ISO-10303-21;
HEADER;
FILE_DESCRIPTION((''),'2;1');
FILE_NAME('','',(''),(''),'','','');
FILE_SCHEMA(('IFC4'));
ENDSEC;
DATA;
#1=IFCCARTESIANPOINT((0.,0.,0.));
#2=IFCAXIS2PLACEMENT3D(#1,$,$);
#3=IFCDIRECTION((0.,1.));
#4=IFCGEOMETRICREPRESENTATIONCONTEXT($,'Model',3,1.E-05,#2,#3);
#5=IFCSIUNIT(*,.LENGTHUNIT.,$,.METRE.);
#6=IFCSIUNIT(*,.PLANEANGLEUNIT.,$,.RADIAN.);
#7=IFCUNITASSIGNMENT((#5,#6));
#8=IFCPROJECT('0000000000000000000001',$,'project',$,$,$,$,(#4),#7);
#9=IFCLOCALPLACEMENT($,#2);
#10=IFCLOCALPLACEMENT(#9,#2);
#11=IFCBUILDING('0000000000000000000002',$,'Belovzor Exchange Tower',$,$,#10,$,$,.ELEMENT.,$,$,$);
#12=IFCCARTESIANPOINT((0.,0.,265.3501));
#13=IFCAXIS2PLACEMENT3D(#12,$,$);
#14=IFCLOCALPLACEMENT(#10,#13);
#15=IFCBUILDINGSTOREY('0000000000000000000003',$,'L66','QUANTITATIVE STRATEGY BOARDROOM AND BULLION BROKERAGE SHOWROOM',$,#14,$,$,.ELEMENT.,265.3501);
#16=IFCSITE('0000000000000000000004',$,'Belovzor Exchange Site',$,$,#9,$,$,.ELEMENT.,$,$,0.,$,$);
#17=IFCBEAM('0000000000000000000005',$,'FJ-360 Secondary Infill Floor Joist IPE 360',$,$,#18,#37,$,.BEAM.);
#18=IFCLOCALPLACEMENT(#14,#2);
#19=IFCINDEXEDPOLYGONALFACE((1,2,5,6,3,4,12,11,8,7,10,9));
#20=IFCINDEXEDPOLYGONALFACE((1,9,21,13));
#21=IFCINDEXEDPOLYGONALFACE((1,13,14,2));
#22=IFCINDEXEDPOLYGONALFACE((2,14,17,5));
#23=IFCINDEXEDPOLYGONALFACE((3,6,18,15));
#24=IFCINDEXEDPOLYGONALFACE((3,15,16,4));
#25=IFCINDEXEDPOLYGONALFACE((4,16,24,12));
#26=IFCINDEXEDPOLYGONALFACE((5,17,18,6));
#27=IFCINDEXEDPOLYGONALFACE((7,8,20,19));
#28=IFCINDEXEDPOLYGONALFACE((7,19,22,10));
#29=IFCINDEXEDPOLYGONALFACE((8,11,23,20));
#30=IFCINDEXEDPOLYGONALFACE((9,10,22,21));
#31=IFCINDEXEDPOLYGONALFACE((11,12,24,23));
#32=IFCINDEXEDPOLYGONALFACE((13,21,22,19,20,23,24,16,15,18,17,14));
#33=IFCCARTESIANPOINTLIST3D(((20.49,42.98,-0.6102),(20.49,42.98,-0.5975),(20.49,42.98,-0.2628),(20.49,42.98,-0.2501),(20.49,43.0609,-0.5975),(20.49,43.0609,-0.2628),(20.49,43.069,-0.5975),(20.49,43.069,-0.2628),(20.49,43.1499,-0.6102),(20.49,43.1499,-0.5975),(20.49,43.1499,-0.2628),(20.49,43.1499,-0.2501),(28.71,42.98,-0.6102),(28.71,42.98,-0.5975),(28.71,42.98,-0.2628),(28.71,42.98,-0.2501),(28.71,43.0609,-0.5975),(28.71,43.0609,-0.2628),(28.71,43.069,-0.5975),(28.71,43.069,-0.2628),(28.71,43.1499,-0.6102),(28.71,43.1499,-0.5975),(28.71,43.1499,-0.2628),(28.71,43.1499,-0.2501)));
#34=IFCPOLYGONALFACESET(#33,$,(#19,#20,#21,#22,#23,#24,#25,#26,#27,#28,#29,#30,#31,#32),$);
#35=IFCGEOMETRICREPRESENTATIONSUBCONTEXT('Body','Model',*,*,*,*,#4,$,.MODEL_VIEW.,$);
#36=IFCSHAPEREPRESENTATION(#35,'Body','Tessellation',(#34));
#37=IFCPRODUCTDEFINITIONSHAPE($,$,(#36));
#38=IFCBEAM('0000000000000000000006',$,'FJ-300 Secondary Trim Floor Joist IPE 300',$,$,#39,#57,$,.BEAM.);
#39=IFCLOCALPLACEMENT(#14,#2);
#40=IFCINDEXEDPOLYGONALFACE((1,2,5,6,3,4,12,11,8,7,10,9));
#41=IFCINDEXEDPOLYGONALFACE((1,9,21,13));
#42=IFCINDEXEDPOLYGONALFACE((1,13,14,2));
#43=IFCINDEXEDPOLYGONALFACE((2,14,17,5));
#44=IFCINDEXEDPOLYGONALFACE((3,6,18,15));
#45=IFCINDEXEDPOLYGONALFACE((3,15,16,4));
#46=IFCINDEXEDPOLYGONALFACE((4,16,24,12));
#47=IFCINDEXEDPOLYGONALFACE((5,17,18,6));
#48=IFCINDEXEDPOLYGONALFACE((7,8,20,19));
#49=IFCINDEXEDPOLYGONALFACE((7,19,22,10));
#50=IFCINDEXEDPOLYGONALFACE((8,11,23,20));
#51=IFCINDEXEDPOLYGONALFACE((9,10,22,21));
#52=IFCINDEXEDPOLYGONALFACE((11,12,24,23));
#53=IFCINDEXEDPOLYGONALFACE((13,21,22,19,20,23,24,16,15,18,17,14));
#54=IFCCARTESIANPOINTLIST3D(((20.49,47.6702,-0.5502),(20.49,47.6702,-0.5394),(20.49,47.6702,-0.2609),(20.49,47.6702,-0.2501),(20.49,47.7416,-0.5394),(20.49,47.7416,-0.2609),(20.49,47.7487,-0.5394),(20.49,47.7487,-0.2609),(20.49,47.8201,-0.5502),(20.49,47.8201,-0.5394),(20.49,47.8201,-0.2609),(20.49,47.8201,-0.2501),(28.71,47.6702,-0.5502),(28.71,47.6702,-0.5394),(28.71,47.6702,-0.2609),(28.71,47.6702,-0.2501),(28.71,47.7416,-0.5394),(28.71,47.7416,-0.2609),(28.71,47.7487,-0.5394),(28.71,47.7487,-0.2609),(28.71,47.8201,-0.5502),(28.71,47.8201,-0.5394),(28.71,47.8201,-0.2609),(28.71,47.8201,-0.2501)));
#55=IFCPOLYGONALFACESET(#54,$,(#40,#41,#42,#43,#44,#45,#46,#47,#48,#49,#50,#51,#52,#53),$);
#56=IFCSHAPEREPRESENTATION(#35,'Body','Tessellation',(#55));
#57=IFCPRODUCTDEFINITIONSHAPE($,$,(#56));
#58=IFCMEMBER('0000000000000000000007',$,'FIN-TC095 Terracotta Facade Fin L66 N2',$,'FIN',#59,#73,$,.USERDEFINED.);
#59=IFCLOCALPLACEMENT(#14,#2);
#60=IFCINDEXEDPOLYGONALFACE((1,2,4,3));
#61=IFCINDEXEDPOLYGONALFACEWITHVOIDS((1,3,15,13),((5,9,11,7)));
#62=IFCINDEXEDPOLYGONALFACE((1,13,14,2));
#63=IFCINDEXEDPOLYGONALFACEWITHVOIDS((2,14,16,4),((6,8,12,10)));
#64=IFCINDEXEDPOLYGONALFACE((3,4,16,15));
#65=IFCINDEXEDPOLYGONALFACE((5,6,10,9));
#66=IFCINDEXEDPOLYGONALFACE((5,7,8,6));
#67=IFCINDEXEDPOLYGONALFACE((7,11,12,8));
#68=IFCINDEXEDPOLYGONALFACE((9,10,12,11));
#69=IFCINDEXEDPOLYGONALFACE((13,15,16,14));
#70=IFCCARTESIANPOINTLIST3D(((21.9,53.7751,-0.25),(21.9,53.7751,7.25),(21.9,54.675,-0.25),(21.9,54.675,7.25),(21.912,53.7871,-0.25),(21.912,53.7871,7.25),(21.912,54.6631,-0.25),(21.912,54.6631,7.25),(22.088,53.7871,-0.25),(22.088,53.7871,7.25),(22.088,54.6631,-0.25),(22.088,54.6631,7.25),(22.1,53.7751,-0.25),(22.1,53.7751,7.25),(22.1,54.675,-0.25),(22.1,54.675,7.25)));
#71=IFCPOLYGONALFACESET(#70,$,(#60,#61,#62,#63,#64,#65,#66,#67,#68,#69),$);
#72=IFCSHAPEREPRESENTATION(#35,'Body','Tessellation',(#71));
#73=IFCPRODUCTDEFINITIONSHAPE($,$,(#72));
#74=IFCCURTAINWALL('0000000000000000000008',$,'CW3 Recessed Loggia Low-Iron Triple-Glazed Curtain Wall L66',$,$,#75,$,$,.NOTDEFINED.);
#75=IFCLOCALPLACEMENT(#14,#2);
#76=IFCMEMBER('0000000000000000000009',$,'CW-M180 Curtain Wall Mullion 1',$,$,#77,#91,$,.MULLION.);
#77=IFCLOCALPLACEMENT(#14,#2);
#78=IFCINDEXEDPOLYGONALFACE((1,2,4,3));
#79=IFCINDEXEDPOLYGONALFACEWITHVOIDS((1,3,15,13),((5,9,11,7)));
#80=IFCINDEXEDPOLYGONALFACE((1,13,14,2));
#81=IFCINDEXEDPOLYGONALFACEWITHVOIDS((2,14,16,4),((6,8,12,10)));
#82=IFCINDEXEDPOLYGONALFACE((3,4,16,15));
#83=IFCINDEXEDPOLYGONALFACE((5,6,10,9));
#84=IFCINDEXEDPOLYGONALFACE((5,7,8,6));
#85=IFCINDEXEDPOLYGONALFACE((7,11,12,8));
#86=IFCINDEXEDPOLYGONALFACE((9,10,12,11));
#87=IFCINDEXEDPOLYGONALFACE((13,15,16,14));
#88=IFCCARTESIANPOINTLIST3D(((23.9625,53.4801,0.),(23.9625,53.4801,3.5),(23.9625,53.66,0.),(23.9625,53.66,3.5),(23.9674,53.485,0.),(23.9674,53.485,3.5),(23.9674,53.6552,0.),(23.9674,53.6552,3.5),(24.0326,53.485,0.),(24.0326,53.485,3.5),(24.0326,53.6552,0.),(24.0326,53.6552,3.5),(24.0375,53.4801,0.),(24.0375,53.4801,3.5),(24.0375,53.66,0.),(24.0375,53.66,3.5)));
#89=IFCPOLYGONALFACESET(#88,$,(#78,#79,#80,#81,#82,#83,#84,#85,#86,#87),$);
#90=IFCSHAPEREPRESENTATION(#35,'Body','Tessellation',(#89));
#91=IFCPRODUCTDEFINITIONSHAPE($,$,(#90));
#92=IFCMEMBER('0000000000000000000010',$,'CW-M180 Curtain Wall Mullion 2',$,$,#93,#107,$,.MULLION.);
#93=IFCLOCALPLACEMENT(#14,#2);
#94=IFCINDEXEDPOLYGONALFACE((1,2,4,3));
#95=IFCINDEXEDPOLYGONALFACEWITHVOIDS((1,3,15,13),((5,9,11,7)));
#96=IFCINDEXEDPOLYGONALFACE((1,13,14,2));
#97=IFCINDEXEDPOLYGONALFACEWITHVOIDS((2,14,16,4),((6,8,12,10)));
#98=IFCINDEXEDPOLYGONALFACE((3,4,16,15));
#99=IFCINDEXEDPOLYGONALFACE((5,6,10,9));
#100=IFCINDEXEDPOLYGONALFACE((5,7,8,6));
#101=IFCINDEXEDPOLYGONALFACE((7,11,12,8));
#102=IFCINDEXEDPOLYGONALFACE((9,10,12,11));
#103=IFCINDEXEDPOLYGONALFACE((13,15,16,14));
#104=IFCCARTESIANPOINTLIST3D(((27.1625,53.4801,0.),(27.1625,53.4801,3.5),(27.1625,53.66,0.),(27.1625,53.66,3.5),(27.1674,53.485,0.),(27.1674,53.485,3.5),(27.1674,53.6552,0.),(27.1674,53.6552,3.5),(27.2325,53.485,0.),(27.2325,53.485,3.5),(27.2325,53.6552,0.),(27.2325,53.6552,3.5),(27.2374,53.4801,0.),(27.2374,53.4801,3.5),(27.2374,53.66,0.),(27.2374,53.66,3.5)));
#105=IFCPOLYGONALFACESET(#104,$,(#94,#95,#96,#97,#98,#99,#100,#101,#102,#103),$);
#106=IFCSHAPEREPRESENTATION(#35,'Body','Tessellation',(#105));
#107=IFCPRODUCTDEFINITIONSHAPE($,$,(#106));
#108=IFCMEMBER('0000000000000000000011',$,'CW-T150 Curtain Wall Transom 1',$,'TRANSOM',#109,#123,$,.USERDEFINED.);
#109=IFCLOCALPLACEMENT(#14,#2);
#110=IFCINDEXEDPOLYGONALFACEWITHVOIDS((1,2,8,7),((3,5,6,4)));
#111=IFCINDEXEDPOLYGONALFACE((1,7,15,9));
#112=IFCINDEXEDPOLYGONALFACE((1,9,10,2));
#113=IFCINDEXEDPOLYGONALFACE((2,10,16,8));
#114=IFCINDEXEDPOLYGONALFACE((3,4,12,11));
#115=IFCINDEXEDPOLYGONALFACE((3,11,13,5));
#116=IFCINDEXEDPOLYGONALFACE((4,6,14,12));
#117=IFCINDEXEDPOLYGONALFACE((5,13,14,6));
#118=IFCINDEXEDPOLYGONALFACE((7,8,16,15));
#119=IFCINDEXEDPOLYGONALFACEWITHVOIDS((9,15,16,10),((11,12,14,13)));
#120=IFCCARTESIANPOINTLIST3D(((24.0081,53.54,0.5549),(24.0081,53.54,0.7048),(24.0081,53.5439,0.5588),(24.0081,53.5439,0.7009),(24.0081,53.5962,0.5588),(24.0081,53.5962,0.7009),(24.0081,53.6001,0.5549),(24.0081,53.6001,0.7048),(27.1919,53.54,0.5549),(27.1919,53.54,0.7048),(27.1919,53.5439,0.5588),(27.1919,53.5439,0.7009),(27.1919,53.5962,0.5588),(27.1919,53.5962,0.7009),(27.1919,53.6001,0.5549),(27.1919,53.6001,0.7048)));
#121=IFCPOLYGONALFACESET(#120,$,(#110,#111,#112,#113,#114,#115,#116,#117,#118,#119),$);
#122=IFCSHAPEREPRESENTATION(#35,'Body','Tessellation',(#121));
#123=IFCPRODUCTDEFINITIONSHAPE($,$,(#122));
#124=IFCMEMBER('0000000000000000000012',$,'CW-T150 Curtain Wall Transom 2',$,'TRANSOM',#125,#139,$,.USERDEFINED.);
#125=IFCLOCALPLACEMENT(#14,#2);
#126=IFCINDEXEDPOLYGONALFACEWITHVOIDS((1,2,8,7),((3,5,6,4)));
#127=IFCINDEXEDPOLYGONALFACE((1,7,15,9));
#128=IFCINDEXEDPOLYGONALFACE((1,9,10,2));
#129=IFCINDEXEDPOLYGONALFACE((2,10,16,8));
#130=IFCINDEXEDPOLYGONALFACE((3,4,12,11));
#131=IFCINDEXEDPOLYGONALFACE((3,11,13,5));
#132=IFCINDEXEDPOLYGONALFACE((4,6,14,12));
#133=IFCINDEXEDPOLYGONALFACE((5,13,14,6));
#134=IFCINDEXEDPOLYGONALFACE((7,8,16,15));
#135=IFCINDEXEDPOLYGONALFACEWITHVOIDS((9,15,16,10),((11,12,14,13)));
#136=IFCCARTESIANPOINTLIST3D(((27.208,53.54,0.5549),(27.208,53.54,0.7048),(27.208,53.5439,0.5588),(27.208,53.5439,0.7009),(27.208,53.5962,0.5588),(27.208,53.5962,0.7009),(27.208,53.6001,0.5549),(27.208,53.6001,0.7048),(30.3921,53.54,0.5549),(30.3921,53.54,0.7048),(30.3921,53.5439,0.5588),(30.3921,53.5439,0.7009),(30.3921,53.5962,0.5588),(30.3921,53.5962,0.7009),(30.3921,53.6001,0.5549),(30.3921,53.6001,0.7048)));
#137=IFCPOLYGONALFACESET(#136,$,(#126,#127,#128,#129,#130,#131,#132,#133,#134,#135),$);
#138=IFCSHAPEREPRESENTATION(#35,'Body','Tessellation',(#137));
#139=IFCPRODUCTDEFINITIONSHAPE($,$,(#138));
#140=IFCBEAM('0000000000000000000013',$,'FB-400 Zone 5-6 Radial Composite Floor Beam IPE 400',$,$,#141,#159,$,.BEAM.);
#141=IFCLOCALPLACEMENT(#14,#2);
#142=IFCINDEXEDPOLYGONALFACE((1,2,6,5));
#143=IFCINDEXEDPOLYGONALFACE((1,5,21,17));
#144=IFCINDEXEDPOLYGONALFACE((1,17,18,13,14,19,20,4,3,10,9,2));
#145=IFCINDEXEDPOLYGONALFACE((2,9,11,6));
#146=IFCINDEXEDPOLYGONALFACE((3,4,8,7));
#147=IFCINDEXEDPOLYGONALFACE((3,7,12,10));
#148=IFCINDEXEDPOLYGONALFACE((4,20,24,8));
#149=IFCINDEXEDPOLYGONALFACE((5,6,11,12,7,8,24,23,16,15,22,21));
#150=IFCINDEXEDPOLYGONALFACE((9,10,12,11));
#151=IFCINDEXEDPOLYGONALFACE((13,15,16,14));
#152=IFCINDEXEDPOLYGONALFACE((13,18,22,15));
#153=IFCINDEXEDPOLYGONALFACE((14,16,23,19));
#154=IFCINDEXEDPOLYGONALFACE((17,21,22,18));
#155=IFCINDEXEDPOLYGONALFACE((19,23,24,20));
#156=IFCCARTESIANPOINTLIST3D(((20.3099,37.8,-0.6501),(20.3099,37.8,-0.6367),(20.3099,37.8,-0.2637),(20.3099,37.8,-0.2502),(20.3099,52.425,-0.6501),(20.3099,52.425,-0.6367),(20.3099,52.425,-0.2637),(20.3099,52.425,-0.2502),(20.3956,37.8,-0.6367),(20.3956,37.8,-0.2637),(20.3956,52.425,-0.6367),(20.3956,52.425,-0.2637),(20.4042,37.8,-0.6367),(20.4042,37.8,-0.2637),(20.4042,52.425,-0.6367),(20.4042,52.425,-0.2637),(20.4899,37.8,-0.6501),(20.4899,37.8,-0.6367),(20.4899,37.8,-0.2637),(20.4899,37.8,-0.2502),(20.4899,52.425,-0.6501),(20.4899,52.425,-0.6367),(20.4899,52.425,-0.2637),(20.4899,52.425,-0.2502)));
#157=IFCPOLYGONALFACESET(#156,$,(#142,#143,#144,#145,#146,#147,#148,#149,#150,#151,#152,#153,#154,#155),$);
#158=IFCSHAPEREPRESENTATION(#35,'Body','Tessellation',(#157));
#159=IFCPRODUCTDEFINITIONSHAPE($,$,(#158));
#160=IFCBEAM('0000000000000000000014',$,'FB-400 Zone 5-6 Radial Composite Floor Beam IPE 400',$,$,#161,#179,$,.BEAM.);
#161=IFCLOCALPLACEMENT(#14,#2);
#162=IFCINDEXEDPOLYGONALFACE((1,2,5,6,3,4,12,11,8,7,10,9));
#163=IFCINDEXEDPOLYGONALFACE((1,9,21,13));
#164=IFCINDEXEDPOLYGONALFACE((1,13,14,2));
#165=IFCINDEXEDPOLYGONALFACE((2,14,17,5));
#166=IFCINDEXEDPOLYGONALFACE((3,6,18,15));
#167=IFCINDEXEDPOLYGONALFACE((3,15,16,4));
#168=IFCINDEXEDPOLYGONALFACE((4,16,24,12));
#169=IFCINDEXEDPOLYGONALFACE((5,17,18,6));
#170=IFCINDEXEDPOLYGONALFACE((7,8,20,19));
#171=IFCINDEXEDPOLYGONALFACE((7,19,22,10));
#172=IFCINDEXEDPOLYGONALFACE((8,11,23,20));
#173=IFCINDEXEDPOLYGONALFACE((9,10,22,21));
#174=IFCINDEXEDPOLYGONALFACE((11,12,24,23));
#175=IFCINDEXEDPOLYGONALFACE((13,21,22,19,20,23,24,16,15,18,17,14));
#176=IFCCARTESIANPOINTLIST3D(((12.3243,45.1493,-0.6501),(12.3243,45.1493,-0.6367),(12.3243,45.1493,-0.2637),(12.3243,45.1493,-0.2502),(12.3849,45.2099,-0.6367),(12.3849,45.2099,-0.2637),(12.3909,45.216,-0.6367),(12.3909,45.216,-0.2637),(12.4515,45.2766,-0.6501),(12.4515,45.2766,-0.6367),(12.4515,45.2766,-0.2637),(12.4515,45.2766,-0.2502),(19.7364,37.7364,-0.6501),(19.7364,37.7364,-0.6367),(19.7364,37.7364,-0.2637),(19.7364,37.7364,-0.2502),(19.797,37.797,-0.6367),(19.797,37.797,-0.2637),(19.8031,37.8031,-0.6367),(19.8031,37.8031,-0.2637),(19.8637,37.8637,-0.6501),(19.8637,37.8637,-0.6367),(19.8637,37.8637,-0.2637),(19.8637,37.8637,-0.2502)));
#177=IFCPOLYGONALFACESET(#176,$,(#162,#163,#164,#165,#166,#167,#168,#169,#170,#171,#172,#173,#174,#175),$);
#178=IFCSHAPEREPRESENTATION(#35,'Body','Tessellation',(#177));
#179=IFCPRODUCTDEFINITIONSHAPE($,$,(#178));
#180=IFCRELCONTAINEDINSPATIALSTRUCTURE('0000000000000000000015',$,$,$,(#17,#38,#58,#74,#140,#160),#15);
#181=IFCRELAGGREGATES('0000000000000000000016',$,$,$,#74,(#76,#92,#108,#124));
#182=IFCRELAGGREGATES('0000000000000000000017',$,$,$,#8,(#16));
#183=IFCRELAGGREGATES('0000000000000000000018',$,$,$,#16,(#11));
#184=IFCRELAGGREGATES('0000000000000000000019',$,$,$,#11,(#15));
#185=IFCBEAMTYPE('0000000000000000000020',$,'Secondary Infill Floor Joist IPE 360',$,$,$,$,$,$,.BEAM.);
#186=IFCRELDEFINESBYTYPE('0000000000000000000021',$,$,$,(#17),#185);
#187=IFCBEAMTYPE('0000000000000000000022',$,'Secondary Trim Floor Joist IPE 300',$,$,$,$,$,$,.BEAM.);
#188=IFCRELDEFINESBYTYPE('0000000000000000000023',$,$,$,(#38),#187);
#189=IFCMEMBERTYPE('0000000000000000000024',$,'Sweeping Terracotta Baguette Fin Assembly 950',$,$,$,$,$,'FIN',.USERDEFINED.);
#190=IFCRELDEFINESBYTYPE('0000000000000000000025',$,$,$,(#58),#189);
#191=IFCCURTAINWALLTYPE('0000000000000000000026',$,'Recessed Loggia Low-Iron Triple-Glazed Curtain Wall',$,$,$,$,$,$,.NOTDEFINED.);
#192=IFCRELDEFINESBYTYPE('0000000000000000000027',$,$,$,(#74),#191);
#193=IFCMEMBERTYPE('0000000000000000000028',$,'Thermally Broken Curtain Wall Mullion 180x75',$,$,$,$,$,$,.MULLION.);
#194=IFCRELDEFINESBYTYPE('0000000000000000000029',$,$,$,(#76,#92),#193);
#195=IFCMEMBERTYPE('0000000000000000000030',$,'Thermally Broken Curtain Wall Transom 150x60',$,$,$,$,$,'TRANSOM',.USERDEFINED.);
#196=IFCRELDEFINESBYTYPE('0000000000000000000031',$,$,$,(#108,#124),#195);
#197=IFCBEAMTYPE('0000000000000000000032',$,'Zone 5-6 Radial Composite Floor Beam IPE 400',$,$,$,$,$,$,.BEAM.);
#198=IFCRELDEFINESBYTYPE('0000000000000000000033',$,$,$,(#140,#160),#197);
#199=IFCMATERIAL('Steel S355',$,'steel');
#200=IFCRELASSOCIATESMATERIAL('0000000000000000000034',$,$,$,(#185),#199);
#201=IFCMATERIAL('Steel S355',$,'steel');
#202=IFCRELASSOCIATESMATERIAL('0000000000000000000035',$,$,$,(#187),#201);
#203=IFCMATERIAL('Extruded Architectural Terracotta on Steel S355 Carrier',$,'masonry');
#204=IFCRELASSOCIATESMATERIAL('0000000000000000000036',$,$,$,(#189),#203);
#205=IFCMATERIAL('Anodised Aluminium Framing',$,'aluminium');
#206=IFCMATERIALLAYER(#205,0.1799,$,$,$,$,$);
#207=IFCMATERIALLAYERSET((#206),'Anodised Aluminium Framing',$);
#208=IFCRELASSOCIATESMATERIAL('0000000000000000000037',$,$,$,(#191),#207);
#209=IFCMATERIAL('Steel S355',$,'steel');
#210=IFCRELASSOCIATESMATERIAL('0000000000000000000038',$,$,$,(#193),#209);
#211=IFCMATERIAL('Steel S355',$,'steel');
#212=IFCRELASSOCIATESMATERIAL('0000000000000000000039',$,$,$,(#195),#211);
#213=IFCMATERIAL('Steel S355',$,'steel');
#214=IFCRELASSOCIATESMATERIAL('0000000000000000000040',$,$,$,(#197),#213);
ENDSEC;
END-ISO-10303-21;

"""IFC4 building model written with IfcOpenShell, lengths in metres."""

from ifc_helpers import new_model, si_unit, direction, frame, origin, origin_2d, place, context, subcontext, project, spatial, hollow_rectangle, i_section, extrude, material, layer, layer_set, material_profile, profile_set, type_object, element, aggregate, save


model = new_model("IFC4")

# Units and contexts
model_context = context("Model", 3, precision=1e-05, world=origin(), true_north=direction((0.0, 1.0)))
body_context = subcontext(model_context, "Body", "Model", "MODEL_VIEW")
ifc_project = project(units=[si_unit("LENGTHUNIT", "METRE"), si_unit("PLANEANGLEUNIT", "RADIAN")], contexts=[model_context])

# Site, building, storey
site_placement = place(None, origin())
site = spatial("IfcSite", under=ifc_project, at=site_placement, Name="Belovzor Exchange Site", CompositionType="ELEMENT", RefElevation=0.0)
building_placement = place(site_placement, origin())
building = spatial("IfcBuilding", under=site, at=building_placement, Name="Belovzor Exchange Tower", CompositionType="ELEMENT")
storey_placement = place(building_placement, frame((0.0, 0.0, 265.3501)))
storey = spatial("IfcBuildingStorey", under=building, at=storey_placement, Name="L66", Description="QUANTITATIVE STRATEGY BOARDROOM AND BULLION BROKERAGE SHOWROOM", CompositionType="ELEMENT", Elevation=265.3501)

# Beams
ifc_material_1 = material(Name="Steel S355", Category="steel")
ifc_material_profile_1 = material_profile(ifc_material_1, i_section(OverallWidth=0.1699, OverallDepth=0.3601, WebThickness=0.0081, FlangeThickness=0.0127, at=origin_2d()))
ifc_profile_set_1 = profile_set([ifc_material_profile_1], Name="Steel S355")
beam_type_1 = type_object("IfcBeamType", Name="Secondary Infill Floor Joist IPE 360", PredefinedType="BEAM", material=ifc_profile_set_1)
beam_1_placement = place(storey_placement, frame((20.49, 43.0649, -0.4302), z_axis=(1.0, 0.0, 0.0), x_axis=(0.0, 1.0, 0.0)))
element("IfcBeam", 1, at=beam_1_placement, inside=storey, type_object=beam_type_1, Name="FJ-360 Secondary Infill Floor Joist IPE 360", PredefinedType="BEAM", context=body_context, shape_type="SweptSolid", body=[
    extrude(i_section(OverallWidth=0.1699, OverallDepth=0.3601, WebThickness=0.0081, FlangeThickness=0.0127, at=origin_2d()), origin(), (0.0, 0.0, 1.0), 8.22),
])
ifc_material_2 = material(Name="Steel S355", Category="steel")
ifc_material_profile_2 = material_profile(ifc_material_2, i_section(OverallWidth=0.1499, OverallDepth=0.3, WebThickness=0.0071, FlangeThickness=0.0107, at=origin_2d()))
ifc_profile_set_2 = profile_set([ifc_material_profile_2], Name="Steel S355")
beam_type_2 = type_object("IfcBeamType", Name="Secondary Trim Floor Joist IPE 300", PredefinedType="BEAM", material=ifc_profile_set_2)
beam_2_placement = place(storey_placement, frame((20.49, 47.7451, -0.4001), z_axis=(1.0, 0.0, 0.0), x_axis=(0.0, 1.0, 0.0)))
element("IfcBeam", 2, at=beam_2_placement, inside=storey, type_object=beam_type_2, Name="FJ-300 Secondary Trim Floor Joist IPE 300", PredefinedType="BEAM", context=body_context, shape_type="SweptSolid", body=[
    extrude(i_section(OverallWidth=0.1499, OverallDepth=0.3, WebThickness=0.0071, FlangeThickness=0.0107, at=origin_2d()), origin(), (0.0, 0.0, 1.0), 8.22),
])

# Member
ifc_material_3 = material(Name="Extruded Architectural Terracotta on Steel S355 Carrier", Category="masonry")
ifc_material_profile_3 = material_profile(ifc_material_3, hollow_rectangle(XDim=0.2, YDim=0.8999, WallThickness=0.012, at=origin_2d()))
ifc_profile_set_3 = profile_set([ifc_material_profile_3], Name="Extruded Architectural Terracotta on Steel S355 Carrier")
member_type_1 = type_object("IfcMemberType", Name="Sweeping Terracotta Baguette Fin Assembly 950", ElementType="FIN", PredefinedType="USERDEFINED", material=ifc_profile_set_3)
member_1_placement = place(storey_placement, frame((22.0, 54.2251, -0.25), z_axis=(0.0, 0.0, 1.0), x_axis=(1.0, 0.0, 0.0)))
element("IfcMember", 3, at=member_1_placement, inside=storey, type_object=member_type_1, Name="FIN-TC095 Terracotta Facade Fin L66 N2", ObjectType="FIN", PredefinedType="USERDEFINED", context=body_context, shape_type="SweptSolid", body=[
    extrude(hollow_rectangle(XDim=0.2, YDim=0.8999, WallThickness=0.012, at=origin_2d()), origin(), (0.0, 0.0, 1.0), 7.5),
])

# Curtain wall, members
ifc_material_4 = material(Name="Anodised Aluminium Framing", Category="aluminium")
ifc_layer_1 = layer(ifc_material_4, 0.1799)
ifc_layer_set_1 = layer_set([ifc_layer_1], Name="Anodised Aluminium Framing")
curtain_wall_type = type_object("IfcCurtainWallType", Name="Recessed Loggia Low-Iron Triple-Glazed Curtain Wall", PredefinedType="NOTDEFINED", material=ifc_layer_set_1)
curtain_wall_placement = place(storey_placement, origin())
curtain_wall = element("IfcCurtainWall", 4, at=curtain_wall_placement, inside=storey, type_object=curtain_wall_type, Name="CW3 Recessed Loggia Low-Iron Triple-Glazed Curtain Wall L66", PredefinedType="NOTDEFINED")
ifc_material_5 = material(Name="Steel S355", Category="steel")
ifc_material_profile_4 = material_profile(ifc_material_5, hollow_rectangle(XDim=0.075, YDim=0.1799, WallThickness=0.0049, at=origin_2d()))
ifc_profile_set_4 = profile_set([ifc_material_profile_4], Name="Steel S355")
member_type_2 = type_object("IfcMemberType", Name="Thermally Broken Curtain Wall Mullion 180x75", PredefinedType="MULLION", material=ifc_profile_set_4)
member_2_placement = place(storey_placement, frame((24.0, 53.5701, 0.0), z_axis=(0.0, 0.0, 1.0), x_axis=(1.0, 0.0, 0.0)))
member_2 = element("IfcMember", 5, at=member_2_placement, type_object=member_type_2, Name="CW-M180 Curtain Wall Mullion 1", PredefinedType="MULLION", context=body_context, shape_type="SweptSolid", body=[
    extrude(hollow_rectangle(XDim=0.075, YDim=0.1799, WallThickness=0.0049, at=origin_2d()), origin(), (0.0, 0.0, 1.0), 3.5),
])
member_3_placement = place(storey_placement, frame((27.2, 53.5701, 0.0), z_axis=(0.0, 0.0, 1.0), x_axis=(1.0, 0.0, 0.0)))
member_3 = element("IfcMember", 6, at=member_3_placement, type_object=member_type_2, Name="CW-M180 Curtain Wall Mullion 2", PredefinedType="MULLION", context=body_context, shape_type="SweptSolid", body=[
    extrude(hollow_rectangle(XDim=0.075, YDim=0.1799, WallThickness=0.0049, at=origin_2d()), origin(), (0.0, 0.0, 1.0), 3.5),
])
ifc_material_6 = material(Name="Steel S355", Category="steel")
ifc_material_profile_5 = material_profile(ifc_material_6, hollow_rectangle(XDim=0.0601, YDim=0.1499, WallThickness=0.0039, at=origin_2d()))
ifc_profile_set_5 = profile_set([ifc_material_profile_5], Name="Steel S355")
member_type_3 = type_object("IfcMemberType", Name="Thermally Broken Curtain Wall Transom 150x60", ElementType="TRANSOM", PredefinedType="USERDEFINED", material=ifc_profile_set_5)
member_4_placement = place(storey_placement, frame((24.0081, 53.5701, 0.6299), z_axis=(1.0, 0.0, 0.0), x_axis=(0.0, 1.0, 0.0)))
member_4 = element("IfcMember", 7, at=member_4_placement, type_object=member_type_3, Name="CW-T150 Curtain Wall Transom 1", ObjectType="TRANSOM", PredefinedType="USERDEFINED", context=body_context, shape_type="SweptSolid", body=[
    extrude(hollow_rectangle(XDim=0.0601, YDim=0.1499, WallThickness=0.0039, at=origin_2d()), origin(), (0.0, 0.0, 1.0), 3.1838),
])
member_5_placement = place(storey_placement, frame((27.208, 53.5701, 0.6299), z_axis=(1.0, 0.0, 0.0), x_axis=(0.0, 1.0, 0.0)))
member_5 = element("IfcMember", 8, at=member_5_placement, type_object=member_type_3, Name="CW-T150 Curtain Wall Transom 2", ObjectType="TRANSOM", PredefinedType="USERDEFINED", context=body_context, shape_type="SweptSolid", body=[
    extrude(hollow_rectangle(XDim=0.0601, YDim=0.1499, WallThickness=0.0039, at=origin_2d()), origin(), (0.0, 0.0, 1.0), 3.1841),
])

# Beams
ifc_material_7 = material(Name="Steel S355", Category="steel")
ifc_material_profile_6 = material_profile(ifc_material_7, i_section(OverallWidth=0.1799, OverallDepth=0.3999, WebThickness=0.0085, FlangeThickness=0.0134, at=origin_2d()))
ifc_profile_set_6 = profile_set([ifc_material_profile_6], Name="Steel S355")
beam_type_3 = type_object("IfcBeamType", Name="Zone 5-6 Radial Composite Floor Beam IPE 400", PredefinedType="BEAM", material=ifc_profile_set_6)
beam_3_placement = place(storey_placement, frame((20.3999, 37.8, -0.4502), z_axis=(0.0, 1.0, 0.0), x_axis=(-1.0, 0.0, 0.0)))
element("IfcBeam", 9, at=beam_3_placement, inside=storey, type_object=beam_type_3, Name="FB-400 Zone 5-6 Radial Composite Floor Beam IPE 400", PredefinedType="BEAM", context=body_context, shape_type="SweptSolid", body=[
    extrude(i_section(OverallWidth=0.1799, OverallDepth=0.3999, WebThickness=0.0085, FlangeThickness=0.0134, at=origin_2d()), origin(), (0.0, 0.0, 1.0), 14.625),
])
beam_4_placement = place(storey_placement, frame((19.8, 37.8, -0.4502), z_axis=(-0.707072, 0.707142, 0.0), x_axis=(-0.707142, -0.707072, 0.0)))
element("IfcBeam", 10, at=beam_4_placement, inside=storey, type_object=beam_type_3, Name="FB-400 Zone 5-6 Radial Composite Floor Beam IPE 400", PredefinedType="BEAM", context=body_context, shape_type="SweptSolid", body=[
    extrude(i_section(OverallWidth=0.1799, OverallDepth=0.3999, WebThickness=0.0085, FlangeThickness=0.0134, at=origin_2d()), origin(), (0.0, 0.0, 1.0), 10.4829),
])

aggregate(curtain_wall, [member_2, member_3, member_4, member_5])

save(model, "model.ifc")
